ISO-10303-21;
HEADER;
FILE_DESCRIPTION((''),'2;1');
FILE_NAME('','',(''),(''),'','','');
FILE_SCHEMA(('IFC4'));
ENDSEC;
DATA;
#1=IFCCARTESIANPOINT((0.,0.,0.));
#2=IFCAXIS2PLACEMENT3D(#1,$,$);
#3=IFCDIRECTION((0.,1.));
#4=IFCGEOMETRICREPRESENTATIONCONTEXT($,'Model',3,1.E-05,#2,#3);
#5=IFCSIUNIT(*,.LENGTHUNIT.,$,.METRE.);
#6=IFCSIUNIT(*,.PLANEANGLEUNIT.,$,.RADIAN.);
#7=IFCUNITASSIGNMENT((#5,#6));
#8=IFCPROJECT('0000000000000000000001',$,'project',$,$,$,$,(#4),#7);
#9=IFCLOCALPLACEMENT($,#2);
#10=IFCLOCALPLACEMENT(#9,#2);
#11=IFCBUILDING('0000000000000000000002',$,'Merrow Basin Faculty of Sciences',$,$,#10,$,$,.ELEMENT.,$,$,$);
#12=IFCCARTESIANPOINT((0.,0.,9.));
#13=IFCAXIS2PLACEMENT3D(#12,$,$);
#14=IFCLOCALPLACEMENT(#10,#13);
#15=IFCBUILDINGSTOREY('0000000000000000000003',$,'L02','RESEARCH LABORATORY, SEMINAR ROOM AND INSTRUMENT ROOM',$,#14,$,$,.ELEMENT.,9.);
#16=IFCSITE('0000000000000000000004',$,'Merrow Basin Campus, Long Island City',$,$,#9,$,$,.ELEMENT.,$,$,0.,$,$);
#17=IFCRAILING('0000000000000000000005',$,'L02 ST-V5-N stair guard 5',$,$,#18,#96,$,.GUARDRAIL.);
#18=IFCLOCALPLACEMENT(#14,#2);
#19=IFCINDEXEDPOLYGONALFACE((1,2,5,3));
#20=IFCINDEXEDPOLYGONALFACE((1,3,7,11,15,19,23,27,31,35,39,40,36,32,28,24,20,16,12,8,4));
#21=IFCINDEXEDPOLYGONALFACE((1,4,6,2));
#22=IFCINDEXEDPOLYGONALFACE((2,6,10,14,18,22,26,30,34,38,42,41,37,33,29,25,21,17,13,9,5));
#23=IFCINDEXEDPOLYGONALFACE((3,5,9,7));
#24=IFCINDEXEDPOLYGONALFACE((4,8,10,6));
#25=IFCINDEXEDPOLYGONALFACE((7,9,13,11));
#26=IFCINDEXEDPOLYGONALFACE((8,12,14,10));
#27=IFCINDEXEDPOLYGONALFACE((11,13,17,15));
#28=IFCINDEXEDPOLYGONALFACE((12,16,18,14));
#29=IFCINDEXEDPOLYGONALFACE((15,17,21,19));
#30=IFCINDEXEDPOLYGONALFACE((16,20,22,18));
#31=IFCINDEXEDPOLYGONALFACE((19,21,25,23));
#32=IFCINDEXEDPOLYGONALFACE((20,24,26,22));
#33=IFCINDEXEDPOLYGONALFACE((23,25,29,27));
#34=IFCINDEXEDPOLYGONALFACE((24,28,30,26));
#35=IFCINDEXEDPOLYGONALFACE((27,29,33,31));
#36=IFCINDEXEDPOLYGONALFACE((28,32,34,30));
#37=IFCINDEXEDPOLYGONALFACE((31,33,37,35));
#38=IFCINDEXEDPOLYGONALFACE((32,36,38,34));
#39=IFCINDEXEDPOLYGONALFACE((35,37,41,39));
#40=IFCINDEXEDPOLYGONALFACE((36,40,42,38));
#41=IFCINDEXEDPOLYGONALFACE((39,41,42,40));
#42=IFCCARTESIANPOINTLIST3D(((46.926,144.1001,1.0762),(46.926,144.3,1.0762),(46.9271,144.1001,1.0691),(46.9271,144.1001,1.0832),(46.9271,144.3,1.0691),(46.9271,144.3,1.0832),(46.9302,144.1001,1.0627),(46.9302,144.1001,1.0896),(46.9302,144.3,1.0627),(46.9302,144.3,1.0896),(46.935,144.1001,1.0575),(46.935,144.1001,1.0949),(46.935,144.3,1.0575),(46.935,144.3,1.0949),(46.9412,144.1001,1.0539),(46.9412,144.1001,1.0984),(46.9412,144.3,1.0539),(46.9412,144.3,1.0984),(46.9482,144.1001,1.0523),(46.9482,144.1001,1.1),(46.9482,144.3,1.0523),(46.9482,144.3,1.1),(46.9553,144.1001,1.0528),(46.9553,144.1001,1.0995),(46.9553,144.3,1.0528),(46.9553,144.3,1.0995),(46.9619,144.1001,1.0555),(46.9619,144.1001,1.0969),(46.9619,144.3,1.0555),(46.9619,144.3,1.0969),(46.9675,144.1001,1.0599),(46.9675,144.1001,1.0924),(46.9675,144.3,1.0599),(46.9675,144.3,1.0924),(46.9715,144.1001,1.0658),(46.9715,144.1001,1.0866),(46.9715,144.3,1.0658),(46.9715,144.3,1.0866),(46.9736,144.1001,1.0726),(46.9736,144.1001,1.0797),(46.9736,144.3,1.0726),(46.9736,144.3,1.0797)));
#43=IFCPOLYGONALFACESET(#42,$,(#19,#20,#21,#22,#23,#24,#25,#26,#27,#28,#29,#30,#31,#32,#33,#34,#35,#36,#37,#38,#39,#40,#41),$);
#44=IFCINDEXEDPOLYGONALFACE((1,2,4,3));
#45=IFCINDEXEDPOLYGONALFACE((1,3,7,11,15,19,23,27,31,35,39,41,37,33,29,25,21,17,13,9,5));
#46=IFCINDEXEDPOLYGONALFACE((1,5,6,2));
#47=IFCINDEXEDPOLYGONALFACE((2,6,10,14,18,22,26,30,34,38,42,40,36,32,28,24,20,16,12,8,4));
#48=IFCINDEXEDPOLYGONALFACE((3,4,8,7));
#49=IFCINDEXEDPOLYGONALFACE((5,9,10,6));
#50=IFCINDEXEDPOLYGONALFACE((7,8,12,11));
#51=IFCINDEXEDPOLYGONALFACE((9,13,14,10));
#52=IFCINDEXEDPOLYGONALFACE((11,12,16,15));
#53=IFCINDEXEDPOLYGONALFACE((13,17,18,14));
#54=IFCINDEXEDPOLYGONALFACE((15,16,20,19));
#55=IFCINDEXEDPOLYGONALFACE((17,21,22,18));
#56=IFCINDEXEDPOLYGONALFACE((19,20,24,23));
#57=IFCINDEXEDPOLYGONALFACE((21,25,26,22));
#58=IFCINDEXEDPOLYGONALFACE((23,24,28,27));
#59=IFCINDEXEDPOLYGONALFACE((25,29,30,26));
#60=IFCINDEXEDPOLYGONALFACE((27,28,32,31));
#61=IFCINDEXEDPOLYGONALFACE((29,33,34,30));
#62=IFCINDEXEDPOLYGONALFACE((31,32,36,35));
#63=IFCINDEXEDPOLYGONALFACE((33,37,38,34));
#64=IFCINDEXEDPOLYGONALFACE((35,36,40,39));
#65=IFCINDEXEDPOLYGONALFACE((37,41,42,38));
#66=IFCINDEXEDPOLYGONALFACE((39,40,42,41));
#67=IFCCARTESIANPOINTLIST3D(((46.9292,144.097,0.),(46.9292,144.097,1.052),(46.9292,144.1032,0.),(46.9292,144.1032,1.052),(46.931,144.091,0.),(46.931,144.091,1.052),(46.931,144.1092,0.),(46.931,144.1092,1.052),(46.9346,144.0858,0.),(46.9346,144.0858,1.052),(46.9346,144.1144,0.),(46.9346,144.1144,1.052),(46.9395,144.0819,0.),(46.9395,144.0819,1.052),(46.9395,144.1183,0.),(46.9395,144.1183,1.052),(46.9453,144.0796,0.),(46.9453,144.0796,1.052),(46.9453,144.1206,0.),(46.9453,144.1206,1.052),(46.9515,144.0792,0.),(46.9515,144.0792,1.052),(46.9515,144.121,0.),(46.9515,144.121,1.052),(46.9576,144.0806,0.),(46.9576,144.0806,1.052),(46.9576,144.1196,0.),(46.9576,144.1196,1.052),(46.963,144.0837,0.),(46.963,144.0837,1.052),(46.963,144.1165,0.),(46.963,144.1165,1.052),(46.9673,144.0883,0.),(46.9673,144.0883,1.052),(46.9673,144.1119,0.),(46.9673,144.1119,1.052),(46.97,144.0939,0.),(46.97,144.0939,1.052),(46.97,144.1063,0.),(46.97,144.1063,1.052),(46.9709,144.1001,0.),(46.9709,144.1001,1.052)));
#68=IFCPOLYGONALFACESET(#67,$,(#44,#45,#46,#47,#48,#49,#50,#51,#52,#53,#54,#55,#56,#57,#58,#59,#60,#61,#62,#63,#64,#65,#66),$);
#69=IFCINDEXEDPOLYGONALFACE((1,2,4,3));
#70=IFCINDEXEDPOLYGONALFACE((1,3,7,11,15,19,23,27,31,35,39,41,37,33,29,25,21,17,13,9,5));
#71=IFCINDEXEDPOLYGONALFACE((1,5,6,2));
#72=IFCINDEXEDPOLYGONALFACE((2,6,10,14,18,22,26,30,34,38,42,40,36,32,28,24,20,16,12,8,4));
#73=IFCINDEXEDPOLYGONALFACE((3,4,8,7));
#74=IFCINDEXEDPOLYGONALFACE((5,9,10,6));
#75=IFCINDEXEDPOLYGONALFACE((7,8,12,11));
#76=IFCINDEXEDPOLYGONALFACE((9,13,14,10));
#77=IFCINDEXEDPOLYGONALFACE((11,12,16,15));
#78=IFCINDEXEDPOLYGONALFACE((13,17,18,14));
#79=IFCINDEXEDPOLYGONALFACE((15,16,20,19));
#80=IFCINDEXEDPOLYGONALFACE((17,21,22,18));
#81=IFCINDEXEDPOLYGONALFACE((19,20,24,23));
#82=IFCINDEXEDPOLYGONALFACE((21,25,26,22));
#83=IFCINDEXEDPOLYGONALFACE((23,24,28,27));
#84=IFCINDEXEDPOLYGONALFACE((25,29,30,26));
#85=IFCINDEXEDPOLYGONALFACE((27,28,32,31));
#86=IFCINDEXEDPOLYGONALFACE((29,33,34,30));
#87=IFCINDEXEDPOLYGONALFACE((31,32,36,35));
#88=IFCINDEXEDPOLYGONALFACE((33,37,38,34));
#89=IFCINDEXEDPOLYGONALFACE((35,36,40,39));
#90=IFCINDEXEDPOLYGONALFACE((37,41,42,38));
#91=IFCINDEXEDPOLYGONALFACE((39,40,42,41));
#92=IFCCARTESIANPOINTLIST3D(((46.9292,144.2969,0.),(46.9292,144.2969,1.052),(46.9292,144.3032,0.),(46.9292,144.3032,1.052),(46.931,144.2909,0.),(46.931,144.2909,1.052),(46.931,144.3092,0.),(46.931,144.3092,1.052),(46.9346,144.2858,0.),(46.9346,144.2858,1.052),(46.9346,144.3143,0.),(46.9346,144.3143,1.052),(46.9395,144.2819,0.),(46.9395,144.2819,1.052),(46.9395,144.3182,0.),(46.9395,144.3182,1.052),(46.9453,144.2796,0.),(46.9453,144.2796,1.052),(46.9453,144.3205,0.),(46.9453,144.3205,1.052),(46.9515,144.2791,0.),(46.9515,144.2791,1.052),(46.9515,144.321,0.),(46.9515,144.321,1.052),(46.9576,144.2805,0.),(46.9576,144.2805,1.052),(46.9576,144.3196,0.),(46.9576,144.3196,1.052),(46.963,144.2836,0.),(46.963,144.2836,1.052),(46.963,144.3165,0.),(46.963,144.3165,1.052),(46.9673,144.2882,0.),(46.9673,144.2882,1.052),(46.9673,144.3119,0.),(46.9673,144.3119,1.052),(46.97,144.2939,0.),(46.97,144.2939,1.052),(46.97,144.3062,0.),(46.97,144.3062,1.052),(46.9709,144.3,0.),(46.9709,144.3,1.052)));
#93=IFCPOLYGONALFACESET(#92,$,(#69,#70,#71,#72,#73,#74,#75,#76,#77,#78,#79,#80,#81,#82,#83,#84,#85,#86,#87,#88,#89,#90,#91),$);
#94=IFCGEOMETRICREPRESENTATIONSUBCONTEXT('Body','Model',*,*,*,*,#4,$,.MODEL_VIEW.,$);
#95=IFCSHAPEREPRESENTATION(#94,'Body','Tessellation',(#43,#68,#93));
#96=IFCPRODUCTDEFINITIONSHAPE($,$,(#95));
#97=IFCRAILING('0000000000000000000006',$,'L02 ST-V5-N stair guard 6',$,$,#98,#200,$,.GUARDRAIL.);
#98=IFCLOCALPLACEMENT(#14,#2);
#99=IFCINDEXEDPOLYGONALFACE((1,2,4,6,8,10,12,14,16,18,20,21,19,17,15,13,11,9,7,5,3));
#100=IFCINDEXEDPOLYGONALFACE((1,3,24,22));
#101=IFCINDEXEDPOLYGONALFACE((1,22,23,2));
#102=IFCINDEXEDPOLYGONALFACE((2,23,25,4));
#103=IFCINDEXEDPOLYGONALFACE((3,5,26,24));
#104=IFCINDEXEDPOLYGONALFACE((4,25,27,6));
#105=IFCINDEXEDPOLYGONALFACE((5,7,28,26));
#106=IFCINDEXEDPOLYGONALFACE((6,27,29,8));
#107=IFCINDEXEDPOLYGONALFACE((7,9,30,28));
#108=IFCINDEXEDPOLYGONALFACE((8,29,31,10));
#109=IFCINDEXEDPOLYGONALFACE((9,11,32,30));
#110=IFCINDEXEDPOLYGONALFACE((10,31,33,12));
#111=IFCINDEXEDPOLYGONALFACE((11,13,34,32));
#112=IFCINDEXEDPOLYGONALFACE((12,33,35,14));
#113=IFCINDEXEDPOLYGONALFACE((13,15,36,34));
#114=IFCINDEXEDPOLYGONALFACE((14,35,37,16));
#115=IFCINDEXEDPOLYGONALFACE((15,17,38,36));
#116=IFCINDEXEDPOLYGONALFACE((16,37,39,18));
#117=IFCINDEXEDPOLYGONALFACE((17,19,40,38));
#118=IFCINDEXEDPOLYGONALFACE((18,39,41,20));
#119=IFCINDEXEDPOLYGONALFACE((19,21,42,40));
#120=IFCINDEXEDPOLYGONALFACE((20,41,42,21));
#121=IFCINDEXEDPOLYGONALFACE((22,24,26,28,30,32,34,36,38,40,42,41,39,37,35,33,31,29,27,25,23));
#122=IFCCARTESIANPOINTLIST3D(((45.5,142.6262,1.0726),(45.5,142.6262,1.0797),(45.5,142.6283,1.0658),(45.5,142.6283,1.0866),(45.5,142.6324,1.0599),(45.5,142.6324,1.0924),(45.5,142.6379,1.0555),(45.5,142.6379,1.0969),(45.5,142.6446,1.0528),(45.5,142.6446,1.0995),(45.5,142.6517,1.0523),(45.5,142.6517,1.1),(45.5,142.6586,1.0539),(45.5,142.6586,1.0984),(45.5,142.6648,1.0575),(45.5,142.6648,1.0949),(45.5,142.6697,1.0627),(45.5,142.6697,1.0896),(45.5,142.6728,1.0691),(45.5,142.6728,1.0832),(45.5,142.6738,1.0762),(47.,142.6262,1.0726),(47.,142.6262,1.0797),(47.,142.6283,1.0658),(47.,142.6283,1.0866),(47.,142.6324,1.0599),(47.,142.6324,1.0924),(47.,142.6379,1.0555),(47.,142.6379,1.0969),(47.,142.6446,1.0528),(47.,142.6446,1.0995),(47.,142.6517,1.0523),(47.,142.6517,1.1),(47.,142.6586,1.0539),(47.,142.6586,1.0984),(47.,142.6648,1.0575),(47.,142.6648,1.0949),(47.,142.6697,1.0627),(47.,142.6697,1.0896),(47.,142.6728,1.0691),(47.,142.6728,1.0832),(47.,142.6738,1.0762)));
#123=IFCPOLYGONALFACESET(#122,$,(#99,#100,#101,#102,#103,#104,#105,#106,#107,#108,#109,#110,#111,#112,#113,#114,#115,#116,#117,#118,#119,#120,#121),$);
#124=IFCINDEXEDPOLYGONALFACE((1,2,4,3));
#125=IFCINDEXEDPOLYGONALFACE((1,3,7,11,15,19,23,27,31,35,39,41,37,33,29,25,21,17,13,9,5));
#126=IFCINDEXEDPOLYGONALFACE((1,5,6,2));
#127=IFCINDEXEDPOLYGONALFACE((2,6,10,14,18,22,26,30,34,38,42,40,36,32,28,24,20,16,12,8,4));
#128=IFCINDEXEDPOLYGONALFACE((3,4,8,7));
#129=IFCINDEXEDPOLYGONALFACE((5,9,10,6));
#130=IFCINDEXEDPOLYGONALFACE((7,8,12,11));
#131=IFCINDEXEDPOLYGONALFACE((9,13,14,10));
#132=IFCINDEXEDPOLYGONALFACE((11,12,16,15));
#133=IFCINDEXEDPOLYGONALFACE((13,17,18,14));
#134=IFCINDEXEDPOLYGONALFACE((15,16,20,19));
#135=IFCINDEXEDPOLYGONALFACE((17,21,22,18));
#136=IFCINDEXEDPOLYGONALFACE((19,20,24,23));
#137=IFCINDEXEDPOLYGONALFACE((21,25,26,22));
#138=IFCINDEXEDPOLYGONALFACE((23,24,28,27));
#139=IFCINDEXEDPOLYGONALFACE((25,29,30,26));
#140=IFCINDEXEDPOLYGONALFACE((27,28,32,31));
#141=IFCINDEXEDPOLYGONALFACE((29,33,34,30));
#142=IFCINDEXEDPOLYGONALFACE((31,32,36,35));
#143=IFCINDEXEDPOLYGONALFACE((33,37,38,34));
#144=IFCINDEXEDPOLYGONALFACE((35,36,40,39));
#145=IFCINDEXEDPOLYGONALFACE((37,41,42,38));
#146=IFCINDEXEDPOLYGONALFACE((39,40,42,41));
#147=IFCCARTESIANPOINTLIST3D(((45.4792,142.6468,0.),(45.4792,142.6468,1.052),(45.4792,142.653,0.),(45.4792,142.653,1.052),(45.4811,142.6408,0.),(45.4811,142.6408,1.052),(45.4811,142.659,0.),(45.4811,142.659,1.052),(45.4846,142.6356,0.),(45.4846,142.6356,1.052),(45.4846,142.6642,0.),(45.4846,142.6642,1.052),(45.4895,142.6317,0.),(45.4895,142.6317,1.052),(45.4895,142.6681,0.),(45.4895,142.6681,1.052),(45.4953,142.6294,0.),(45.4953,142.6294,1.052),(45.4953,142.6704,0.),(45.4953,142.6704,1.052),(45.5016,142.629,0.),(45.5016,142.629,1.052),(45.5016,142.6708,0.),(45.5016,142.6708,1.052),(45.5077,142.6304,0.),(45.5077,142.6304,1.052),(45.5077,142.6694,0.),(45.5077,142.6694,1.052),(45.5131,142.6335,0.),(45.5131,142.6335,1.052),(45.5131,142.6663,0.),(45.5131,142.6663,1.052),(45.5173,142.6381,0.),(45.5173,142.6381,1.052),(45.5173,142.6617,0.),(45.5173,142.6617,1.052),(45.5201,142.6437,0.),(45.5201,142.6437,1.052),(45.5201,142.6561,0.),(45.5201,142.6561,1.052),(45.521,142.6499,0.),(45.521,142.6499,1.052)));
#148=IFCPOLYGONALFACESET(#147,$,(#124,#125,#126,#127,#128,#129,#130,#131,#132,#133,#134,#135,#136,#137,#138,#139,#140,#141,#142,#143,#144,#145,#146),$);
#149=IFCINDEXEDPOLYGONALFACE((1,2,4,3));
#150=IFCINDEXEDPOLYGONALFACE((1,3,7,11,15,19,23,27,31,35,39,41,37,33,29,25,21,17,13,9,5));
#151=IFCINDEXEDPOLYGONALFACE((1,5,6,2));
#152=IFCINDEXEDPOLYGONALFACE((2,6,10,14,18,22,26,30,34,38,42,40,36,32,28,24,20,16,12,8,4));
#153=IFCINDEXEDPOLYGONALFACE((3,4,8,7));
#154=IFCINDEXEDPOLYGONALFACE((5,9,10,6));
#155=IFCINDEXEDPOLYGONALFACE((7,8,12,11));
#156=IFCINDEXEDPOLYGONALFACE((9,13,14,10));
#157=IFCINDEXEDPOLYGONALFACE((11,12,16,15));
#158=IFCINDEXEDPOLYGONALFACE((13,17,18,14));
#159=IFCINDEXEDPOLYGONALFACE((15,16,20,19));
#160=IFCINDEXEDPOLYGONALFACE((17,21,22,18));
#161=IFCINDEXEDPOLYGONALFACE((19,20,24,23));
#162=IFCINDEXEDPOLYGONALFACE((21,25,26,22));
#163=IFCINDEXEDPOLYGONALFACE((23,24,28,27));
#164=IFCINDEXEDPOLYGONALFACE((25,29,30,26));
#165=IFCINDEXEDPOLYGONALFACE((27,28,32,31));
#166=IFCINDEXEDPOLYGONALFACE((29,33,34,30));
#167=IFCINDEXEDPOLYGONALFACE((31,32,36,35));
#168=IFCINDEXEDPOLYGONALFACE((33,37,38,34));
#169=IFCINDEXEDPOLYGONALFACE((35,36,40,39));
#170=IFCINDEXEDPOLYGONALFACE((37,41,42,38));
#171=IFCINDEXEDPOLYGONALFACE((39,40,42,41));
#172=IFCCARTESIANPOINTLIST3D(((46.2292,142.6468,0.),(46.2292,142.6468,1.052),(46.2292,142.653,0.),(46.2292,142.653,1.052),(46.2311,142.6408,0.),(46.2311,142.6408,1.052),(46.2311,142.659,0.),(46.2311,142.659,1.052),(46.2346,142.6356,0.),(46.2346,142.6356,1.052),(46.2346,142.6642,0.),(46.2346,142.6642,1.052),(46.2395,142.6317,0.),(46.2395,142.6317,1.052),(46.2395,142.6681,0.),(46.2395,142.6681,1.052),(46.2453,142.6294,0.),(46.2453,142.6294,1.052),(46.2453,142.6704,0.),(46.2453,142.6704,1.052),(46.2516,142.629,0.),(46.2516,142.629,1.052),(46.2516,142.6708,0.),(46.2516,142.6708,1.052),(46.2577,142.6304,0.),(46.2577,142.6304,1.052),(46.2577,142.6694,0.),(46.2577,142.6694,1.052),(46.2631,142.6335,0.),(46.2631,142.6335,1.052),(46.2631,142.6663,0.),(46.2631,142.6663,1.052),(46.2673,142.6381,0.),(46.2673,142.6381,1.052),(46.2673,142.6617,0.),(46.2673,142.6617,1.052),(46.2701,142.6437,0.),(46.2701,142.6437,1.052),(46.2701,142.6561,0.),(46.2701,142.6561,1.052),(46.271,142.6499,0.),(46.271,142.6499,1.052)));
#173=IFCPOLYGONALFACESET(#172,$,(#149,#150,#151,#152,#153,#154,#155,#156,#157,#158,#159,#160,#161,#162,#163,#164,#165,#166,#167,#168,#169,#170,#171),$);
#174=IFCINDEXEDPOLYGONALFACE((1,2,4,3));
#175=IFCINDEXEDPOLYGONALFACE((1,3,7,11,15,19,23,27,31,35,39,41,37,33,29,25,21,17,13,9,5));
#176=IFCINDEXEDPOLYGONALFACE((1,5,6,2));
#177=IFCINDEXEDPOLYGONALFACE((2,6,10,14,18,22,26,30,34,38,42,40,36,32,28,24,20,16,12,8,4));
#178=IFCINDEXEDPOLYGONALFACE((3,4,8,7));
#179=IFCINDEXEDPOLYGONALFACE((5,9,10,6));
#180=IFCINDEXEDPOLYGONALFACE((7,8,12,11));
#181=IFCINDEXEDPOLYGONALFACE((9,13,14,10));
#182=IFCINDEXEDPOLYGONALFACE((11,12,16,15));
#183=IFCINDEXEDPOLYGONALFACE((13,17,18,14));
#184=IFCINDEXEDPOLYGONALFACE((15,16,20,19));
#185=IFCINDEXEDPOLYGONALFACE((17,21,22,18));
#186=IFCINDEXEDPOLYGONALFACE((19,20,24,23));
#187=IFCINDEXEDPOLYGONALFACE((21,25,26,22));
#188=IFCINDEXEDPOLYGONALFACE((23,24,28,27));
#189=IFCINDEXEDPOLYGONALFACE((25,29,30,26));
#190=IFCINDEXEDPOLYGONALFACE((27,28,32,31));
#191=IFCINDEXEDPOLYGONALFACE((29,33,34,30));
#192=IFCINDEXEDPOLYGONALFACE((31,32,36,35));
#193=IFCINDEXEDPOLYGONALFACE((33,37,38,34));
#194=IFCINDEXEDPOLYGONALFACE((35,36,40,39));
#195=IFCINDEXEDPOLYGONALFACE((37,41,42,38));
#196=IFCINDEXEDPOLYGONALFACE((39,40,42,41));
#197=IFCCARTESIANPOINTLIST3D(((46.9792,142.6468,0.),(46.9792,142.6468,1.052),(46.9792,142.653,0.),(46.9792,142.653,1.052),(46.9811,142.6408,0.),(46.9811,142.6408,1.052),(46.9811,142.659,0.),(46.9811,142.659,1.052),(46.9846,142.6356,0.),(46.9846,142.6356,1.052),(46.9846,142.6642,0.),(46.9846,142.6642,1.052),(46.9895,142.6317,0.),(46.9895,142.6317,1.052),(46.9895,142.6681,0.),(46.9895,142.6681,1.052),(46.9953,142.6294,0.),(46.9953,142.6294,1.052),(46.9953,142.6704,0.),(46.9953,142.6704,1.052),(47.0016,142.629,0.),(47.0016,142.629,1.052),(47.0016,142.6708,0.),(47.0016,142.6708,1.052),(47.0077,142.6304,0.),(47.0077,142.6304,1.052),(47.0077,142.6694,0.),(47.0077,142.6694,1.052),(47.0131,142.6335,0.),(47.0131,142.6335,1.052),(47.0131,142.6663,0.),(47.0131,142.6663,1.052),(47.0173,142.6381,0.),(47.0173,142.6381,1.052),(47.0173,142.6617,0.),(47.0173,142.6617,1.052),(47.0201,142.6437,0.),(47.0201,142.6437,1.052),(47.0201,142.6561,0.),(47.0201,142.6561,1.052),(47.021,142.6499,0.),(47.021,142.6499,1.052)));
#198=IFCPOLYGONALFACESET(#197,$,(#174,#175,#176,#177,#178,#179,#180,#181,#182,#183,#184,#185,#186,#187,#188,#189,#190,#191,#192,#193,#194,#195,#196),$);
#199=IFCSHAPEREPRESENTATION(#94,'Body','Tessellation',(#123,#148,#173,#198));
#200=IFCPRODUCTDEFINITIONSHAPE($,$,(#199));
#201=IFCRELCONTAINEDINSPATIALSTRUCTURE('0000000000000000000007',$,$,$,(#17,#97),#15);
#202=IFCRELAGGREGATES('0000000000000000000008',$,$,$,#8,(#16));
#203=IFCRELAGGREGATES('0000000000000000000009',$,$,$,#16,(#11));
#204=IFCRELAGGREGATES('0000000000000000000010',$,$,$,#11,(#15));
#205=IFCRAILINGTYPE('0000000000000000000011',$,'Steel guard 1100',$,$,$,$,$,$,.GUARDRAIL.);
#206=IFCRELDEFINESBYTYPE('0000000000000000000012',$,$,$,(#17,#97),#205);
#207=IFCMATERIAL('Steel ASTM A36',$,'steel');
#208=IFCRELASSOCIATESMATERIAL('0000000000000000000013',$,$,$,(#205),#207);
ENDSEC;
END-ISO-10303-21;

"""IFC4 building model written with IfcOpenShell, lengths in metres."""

from ifc_helpers import new_model, si_unit, direction, frame, origin, origin_2d, place, context, subcontext, project, spatial, circle, extrude, material, type_object, element, save


model = new_model("IFC4")

# Units and contexts
model_context = context("Model", 3, precision=1e-05, world=origin(), true_north=direction((0.0, 1.0)))
body_context = subcontext(model_context, "Body", "Model", "MODEL_VIEW")
ifc_project = project(units=[si_unit("LENGTHUNIT", "METRE"), si_unit("PLANEANGLEUNIT", "RADIAN")], contexts=[model_context])

# Site, building, storey
site_placement = place(None, origin())
site = spatial("IfcSite", under=ifc_project, at=site_placement, Name="Merrow Basin Campus, Long Island City", CompositionType="ELEMENT", RefElevation=0.0)
building_placement = place(site_placement, origin())
building = spatial("IfcBuilding", under=site, at=building_placement, Name="Merrow Basin Faculty of Sciences", CompositionType="ELEMENT")
storey_placement = place(building_placement, frame((0.0, 0.0, 9.0)))
storey = spatial("IfcBuildingStorey", under=building, at=storey_placement, Name="L02", Description="RESEARCH LABORATORY, SEMINAR ROOM AND INSTRUMENT ROOM", CompositionType="ELEMENT", Elevation=9.0)

# Railings
ifc_material_1 = material(Name="Steel ASTM A36", Category="steel")
railing_type_1 = type_object("IfcRailingType", Name="Steel guard 1100", PredefinedType="GUARDRAIL", material=ifc_material_1)
railing_1_placement = place(storey_placement, frame((46.95, 144.1001, 0.0)))
element("IfcRailing", 1, at=railing_1_placement, inside=storey, type_object=railing_type_1, Name="L02 ST-V5-N stair guard 5", PredefinedType="GUARDRAIL", context=body_context, shape_type="SweptSolid", body=[
    extrude(circle(Radius=0.0239, at=origin_2d()), frame((0.0, 0.0, 1.0762), z_axis=(0.0, 1.0, 0.0), x_axis=(-1.0, 0.0, 0.0)), (0.0, 0.0, 1.0), 0.2),
    extrude(circle(Radius=0.021, at=origin_2d()), origin(), (0.0, 0.0, 1.0), 1.052),
    extrude(circle(Radius=0.021, at=origin_2d()), frame((0.0, 0.2, 0.0)), (0.0, 0.0, 1.0), 1.052),
])
railing_2_placement = place(storey_placement, frame((45.5, 142.6499, 0.0)))
element("IfcRailing", 2, at=railing_2_placement, inside=storey, type_object=railing_type_1, Name="L02 ST-V5-N stair guard 6", PredefinedType="GUARDRAIL", context=body_context, shape_type="SweptSolid", body=[
    extrude(circle(Radius=0.0239, at=origin_2d()), frame((0.0, 0.0, 1.0762), z_axis=(1.0, 0.0, 0.0), x_axis=(0.0, 1.0, 0.0)), (0.0, 0.0, 1.0), 1.5),
    extrude(circle(Radius=0.021, at=origin_2d()), origin(), (0.0, 0.0, 1.0), 1.052),
    extrude(circle(Radius=0.021, at=origin_2d()), frame((0.75, 0.0, 0.0)), (0.0, 0.0, 1.0), 1.052),
    extrude(circle(Radius=0.021, at=origin_2d()), frame((1.5, 0.0, 0.0)), (0.0, 0.0, 1.0), 1.052),
])

save(model, "model.ifc")
